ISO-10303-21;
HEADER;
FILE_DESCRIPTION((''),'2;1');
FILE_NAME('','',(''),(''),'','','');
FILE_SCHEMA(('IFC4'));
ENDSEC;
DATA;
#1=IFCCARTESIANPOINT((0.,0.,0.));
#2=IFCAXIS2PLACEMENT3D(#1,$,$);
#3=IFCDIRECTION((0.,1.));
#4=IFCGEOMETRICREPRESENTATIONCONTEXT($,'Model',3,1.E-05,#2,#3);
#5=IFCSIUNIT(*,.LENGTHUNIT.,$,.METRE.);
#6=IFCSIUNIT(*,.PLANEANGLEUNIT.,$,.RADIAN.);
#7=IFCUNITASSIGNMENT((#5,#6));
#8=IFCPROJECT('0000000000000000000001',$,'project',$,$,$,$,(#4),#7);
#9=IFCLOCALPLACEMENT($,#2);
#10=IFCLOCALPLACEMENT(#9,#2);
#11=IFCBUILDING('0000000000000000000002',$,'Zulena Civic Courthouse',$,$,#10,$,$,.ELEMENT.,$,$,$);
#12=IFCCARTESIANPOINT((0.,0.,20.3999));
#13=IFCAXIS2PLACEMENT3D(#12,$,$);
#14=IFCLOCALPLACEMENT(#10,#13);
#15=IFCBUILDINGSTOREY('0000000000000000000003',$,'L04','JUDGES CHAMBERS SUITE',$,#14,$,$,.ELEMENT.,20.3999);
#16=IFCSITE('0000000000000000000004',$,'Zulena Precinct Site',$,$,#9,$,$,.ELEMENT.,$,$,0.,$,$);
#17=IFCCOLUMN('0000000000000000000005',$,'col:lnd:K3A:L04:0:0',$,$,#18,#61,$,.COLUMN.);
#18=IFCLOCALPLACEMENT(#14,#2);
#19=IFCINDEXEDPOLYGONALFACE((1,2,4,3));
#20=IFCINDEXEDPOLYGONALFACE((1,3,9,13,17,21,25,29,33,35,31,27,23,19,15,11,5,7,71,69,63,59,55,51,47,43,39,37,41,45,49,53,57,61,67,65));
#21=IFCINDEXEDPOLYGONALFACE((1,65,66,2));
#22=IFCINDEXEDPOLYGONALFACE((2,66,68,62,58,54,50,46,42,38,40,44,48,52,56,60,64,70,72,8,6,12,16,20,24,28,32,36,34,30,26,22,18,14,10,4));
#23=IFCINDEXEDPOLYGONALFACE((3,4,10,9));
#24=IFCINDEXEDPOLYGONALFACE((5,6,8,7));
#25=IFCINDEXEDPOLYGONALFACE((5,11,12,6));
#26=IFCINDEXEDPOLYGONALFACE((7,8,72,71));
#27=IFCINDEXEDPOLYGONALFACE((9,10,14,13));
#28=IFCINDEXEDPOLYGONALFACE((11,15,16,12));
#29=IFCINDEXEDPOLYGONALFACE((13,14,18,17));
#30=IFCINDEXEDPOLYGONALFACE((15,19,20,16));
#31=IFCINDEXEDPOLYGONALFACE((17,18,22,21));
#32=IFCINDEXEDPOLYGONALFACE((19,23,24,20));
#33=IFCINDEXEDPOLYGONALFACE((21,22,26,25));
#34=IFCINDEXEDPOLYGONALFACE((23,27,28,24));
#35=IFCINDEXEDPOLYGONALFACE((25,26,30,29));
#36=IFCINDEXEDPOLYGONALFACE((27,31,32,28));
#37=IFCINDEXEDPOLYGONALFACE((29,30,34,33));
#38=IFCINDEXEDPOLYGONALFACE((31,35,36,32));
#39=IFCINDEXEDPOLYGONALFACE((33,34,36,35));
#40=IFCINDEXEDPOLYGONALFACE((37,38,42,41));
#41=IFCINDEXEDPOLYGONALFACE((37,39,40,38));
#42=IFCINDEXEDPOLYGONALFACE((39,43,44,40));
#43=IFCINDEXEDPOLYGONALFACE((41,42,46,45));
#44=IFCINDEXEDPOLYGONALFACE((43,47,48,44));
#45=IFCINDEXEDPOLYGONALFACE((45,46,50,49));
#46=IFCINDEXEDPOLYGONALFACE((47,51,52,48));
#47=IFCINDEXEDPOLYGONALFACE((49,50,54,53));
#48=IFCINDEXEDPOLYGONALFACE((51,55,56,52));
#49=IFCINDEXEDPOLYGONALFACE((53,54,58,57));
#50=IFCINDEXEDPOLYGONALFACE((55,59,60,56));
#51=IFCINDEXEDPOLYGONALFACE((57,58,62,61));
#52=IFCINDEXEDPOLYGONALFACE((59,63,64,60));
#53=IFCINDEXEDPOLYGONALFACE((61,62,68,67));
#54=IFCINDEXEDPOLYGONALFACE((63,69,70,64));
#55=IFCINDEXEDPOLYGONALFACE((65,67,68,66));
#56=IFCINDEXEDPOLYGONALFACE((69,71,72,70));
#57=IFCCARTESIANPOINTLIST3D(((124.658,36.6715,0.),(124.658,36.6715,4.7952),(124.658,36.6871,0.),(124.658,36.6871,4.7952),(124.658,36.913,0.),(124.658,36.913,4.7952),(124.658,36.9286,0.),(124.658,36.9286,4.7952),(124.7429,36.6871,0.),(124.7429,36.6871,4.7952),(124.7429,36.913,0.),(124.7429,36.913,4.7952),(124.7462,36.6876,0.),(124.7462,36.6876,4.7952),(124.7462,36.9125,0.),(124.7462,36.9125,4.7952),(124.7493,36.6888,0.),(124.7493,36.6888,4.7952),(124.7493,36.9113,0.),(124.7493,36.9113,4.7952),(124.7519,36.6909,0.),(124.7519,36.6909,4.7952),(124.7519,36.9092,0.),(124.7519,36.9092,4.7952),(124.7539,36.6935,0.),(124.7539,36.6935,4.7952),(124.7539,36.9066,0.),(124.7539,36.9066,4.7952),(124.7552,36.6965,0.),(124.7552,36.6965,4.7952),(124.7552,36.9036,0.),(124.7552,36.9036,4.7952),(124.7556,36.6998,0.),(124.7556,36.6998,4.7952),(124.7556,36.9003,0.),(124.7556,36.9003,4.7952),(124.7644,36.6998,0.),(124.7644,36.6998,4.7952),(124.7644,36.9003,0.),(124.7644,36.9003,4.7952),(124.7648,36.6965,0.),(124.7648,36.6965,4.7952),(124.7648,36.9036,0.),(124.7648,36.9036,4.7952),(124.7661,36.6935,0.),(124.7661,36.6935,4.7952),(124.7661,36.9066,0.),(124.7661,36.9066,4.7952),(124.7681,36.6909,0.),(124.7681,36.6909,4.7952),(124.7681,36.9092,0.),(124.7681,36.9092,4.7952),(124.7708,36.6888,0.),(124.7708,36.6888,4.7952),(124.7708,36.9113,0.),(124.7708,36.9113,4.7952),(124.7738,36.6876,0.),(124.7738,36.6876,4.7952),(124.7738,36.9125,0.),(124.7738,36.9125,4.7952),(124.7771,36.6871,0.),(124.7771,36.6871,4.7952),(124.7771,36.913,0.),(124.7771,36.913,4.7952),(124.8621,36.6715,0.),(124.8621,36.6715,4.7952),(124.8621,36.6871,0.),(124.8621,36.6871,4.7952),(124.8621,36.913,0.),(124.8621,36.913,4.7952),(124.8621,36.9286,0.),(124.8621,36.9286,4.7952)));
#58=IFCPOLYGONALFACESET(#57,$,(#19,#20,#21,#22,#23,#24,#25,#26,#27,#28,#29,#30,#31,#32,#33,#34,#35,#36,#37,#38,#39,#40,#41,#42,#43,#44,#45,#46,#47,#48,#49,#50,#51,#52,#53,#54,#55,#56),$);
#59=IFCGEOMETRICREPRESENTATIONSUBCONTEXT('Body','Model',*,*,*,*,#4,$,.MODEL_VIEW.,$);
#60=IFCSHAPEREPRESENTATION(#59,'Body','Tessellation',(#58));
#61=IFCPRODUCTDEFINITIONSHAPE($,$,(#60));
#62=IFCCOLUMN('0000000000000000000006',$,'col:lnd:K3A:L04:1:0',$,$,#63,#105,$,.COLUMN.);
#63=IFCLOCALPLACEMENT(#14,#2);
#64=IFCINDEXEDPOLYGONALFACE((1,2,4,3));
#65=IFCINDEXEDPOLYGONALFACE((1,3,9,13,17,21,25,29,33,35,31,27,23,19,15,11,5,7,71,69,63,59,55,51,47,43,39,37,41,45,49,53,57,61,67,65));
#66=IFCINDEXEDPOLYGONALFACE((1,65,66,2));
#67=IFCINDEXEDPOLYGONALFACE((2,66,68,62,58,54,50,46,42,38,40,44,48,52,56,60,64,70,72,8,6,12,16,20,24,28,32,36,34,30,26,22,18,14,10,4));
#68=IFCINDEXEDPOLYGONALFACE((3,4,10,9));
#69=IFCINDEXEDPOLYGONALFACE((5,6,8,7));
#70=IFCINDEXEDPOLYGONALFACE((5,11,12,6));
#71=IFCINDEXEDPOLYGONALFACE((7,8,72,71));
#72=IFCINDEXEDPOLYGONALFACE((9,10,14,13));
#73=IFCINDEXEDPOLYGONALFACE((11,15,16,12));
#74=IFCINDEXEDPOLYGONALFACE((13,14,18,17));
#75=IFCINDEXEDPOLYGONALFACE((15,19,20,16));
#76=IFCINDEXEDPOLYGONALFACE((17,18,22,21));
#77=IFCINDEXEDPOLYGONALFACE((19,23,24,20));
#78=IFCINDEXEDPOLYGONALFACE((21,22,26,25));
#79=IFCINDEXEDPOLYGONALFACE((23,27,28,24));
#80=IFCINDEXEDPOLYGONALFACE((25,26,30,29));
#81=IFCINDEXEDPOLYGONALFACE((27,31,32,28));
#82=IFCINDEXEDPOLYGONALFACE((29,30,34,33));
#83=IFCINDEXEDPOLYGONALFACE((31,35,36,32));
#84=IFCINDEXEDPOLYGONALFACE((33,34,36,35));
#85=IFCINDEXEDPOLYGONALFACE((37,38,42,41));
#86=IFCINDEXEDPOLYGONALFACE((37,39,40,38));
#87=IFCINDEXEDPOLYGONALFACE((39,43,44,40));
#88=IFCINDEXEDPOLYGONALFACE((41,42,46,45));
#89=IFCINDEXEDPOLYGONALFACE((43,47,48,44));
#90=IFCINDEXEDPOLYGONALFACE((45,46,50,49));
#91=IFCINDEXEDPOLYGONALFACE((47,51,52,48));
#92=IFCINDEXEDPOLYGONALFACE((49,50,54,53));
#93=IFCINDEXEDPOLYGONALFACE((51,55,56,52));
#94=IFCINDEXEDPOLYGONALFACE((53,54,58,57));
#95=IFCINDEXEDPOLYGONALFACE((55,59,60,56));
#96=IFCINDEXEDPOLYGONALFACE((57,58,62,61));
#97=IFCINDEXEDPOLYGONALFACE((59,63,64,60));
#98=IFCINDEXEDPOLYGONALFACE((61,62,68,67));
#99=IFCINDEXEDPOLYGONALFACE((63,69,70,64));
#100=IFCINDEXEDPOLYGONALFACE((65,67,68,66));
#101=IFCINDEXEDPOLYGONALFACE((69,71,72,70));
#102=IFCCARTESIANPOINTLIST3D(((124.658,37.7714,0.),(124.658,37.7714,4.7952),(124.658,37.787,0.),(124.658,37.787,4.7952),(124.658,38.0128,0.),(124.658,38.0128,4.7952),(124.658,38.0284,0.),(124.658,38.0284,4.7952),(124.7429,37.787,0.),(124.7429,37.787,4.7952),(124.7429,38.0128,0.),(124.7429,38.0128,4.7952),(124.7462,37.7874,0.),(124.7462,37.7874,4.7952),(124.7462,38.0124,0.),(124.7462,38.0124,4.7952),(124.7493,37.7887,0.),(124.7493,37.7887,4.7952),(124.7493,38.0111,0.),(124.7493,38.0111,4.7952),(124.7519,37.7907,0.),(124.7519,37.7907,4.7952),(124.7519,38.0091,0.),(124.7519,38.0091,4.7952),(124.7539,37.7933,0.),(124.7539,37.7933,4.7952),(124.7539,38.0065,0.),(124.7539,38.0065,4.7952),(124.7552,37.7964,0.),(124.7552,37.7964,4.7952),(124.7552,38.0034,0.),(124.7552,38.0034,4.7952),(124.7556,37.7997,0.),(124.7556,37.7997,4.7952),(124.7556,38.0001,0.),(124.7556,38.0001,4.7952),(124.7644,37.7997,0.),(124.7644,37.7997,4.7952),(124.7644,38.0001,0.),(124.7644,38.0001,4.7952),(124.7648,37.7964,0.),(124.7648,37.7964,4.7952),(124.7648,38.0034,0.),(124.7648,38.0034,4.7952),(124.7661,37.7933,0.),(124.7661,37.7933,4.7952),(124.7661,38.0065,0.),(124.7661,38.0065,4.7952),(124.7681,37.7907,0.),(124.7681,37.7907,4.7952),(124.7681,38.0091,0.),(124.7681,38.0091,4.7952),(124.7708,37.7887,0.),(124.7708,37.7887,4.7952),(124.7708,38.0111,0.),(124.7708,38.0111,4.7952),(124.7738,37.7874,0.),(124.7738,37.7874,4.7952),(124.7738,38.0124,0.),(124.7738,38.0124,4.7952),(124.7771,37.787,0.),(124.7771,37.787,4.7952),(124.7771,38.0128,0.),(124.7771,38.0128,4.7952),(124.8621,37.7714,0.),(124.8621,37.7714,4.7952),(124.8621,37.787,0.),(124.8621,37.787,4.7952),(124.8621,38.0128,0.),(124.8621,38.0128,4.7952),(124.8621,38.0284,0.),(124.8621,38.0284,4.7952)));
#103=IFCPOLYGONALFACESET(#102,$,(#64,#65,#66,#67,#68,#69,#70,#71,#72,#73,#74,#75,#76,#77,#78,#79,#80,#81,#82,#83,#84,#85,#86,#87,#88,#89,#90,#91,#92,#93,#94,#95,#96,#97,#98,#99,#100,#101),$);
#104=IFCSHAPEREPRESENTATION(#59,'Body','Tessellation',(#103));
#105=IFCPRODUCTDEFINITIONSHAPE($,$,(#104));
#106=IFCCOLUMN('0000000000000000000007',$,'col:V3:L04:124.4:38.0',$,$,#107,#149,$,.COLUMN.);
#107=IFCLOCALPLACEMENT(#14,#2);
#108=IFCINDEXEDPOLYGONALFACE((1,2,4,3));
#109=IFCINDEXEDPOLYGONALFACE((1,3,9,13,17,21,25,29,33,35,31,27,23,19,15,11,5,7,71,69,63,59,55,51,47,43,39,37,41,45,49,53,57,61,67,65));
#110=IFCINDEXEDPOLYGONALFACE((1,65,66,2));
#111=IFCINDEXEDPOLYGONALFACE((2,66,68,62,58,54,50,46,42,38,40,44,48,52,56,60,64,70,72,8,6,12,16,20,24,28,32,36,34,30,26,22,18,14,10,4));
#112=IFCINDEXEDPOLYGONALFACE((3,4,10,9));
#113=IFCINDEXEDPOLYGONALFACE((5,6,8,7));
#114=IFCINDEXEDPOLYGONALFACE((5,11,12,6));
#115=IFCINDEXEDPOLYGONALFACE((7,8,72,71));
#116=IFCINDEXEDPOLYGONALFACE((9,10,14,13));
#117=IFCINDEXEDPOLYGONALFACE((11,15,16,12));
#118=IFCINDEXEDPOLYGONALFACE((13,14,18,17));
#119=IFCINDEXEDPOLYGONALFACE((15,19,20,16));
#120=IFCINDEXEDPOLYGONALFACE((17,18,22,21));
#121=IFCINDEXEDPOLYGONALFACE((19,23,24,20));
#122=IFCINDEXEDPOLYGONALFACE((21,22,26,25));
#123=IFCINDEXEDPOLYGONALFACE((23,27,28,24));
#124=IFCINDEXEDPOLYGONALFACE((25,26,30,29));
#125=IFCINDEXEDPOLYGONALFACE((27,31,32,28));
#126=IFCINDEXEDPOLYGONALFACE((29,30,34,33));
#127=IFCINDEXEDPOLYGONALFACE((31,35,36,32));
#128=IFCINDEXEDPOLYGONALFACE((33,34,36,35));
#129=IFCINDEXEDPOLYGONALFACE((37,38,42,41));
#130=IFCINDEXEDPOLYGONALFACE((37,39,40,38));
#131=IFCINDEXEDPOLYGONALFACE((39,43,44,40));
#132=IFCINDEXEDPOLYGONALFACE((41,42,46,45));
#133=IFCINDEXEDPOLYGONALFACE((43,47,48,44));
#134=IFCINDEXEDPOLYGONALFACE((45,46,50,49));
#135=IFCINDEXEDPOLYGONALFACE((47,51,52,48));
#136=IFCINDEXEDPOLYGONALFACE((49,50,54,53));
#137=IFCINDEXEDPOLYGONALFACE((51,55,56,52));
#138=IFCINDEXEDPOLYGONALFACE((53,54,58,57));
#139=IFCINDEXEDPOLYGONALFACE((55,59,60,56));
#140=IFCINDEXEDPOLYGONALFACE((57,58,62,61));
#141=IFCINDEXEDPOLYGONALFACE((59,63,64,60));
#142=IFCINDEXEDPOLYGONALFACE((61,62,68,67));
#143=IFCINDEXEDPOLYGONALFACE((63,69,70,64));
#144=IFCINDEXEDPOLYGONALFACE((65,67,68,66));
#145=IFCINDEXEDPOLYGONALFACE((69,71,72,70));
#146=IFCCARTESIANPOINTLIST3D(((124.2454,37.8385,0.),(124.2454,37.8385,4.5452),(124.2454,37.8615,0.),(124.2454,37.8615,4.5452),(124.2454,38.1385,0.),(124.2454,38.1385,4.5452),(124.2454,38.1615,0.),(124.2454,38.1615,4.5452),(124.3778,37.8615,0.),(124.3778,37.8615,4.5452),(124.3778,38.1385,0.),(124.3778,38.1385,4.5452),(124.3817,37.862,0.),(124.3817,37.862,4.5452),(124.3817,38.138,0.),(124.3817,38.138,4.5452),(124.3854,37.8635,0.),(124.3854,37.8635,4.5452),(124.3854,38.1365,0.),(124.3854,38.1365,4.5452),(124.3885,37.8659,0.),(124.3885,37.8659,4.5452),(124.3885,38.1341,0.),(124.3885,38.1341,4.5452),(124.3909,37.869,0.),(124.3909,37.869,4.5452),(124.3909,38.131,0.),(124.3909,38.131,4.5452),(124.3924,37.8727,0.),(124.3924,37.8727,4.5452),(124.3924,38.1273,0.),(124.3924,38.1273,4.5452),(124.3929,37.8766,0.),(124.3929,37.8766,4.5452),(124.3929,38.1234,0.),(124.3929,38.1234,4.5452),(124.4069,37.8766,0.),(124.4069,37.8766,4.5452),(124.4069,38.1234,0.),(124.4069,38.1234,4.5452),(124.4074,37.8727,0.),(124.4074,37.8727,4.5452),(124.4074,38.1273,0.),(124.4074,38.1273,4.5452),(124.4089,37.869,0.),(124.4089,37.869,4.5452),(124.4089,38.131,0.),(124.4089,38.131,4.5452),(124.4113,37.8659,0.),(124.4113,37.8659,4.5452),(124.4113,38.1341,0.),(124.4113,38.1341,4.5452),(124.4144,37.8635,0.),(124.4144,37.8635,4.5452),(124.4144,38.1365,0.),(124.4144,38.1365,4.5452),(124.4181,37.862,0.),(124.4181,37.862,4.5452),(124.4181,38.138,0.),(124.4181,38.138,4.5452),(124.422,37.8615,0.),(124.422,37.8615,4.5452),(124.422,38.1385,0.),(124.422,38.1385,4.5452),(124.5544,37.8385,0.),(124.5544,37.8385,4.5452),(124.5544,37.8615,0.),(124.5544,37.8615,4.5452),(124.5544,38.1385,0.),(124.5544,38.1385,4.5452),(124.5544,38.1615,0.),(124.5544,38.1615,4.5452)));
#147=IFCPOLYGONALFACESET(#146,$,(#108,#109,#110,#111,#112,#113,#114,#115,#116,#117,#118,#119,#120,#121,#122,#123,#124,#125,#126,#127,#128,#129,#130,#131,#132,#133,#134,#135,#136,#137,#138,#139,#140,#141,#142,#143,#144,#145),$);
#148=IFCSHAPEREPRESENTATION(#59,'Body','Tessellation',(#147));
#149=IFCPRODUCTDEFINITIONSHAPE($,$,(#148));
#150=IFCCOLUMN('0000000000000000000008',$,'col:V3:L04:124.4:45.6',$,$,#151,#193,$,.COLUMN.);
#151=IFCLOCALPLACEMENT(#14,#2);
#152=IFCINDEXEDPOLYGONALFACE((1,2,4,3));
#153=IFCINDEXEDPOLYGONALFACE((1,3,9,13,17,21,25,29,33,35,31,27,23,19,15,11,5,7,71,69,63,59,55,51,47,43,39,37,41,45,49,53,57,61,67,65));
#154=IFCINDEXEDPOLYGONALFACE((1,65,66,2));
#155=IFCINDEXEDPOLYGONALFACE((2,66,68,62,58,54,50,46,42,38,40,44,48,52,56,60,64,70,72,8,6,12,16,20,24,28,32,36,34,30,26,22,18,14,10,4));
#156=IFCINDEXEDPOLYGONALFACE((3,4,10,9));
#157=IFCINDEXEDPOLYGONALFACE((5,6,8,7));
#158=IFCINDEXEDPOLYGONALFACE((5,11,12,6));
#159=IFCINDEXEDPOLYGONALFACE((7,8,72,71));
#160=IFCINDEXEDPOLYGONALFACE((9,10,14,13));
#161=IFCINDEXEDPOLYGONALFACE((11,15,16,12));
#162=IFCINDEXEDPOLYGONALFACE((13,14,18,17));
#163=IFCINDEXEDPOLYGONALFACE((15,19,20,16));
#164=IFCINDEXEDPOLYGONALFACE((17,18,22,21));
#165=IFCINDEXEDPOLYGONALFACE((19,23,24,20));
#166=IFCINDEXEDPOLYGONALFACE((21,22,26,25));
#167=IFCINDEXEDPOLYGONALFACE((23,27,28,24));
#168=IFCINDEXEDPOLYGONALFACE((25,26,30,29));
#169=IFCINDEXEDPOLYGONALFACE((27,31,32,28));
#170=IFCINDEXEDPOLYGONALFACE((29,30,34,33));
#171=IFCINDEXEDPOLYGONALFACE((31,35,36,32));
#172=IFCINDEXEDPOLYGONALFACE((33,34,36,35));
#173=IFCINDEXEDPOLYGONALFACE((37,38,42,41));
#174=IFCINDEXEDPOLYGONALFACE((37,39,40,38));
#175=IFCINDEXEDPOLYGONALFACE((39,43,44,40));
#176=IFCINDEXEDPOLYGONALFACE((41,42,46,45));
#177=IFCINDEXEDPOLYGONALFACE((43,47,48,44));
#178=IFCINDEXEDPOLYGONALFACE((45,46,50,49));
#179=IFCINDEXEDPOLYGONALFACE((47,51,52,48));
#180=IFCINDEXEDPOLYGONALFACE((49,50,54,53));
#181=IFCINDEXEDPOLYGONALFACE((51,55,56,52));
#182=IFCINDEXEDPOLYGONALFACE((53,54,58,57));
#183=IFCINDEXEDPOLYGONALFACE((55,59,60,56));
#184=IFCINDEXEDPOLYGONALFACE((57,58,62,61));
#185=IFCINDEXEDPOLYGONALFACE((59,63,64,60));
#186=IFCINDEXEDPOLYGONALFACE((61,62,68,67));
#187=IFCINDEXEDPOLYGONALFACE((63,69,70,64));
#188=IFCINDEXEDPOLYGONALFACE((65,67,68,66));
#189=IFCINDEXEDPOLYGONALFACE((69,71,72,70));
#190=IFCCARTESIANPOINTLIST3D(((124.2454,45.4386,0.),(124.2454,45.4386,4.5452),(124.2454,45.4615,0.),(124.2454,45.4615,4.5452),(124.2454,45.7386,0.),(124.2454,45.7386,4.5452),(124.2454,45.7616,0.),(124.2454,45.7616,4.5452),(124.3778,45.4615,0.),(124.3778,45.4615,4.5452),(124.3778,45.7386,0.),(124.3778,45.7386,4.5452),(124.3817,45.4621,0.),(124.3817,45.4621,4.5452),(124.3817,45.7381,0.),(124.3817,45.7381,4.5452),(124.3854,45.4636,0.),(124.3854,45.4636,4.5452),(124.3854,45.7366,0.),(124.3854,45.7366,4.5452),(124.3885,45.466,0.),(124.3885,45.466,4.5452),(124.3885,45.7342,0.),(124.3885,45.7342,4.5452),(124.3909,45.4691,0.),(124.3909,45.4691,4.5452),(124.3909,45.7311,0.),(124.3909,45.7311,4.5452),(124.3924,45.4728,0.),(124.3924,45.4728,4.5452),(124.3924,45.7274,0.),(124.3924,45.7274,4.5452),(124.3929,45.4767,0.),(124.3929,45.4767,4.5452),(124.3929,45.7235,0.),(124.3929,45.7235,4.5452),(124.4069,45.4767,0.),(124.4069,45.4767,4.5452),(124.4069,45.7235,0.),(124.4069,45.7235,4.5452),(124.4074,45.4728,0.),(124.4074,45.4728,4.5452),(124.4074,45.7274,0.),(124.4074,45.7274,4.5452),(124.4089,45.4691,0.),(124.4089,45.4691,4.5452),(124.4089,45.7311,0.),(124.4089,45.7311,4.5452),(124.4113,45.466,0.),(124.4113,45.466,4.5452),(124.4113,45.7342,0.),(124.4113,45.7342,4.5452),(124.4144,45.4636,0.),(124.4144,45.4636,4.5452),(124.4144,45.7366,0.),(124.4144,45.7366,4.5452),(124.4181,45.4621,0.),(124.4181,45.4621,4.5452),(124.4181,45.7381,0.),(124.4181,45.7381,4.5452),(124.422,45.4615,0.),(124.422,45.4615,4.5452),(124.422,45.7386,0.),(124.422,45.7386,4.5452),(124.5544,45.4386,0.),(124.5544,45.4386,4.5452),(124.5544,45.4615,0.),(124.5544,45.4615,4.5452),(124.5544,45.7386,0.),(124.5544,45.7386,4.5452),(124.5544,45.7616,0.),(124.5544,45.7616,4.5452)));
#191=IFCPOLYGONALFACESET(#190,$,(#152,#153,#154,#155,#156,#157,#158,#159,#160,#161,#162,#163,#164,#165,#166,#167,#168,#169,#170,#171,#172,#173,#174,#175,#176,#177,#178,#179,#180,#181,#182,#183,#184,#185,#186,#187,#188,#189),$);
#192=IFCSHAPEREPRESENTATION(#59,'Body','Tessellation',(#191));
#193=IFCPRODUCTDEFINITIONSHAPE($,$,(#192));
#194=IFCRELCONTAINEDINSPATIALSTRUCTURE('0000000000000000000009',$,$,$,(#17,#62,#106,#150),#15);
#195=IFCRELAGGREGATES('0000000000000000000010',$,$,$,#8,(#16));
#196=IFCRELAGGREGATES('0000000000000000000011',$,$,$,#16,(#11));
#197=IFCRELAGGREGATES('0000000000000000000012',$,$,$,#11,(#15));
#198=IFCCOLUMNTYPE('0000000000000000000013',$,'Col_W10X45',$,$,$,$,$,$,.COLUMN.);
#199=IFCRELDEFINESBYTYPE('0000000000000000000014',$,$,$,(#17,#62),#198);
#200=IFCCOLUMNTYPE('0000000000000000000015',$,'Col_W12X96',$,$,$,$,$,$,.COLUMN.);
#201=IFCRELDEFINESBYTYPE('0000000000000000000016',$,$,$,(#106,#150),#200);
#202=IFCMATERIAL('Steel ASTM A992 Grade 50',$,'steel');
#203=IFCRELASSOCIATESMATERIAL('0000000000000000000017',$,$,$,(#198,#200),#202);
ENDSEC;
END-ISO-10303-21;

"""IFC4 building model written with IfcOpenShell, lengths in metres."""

from ifc_helpers import new_model, si_unit, direction, frame, origin, origin_2d, place, context, subcontext, project, spatial, i_section, extrude, material, material_profile, profile_set, type_object, element, save


model = new_model("IFC4")

# Units and contexts
model_context = context("Model", 3, precision=1e-05, world=origin(), true_north=direction((0.0, 1.0)))
body_context = subcontext(model_context, "Body", "Model", "MODEL_VIEW")
ifc_project = project(units=[si_unit("LENGTHUNIT", "METRE"), si_unit("PLANEANGLEUNIT", "RADIAN")], contexts=[model_context])

# Site, building, storey
site_placement = place(None, origin())
site = spatial("IfcSite", under=ifc_project, at=site_placement, Name="Zulena Precinct Site", CompositionType="ELEMENT", RefElevation=0.0)
building_placement = place(site_placement, origin())
building = spatial("IfcBuilding", under=site, at=building_placement, Name="Zulena Civic Courthouse", CompositionType="ELEMENT")
storey_placement = place(building_placement, frame((0.0, 0.0, 20.3999)))
storey = spatial("IfcBuildingStorey", under=building, at=storey_placement, Name="L04", Description="JUDGES CHAMBERS SUITE", CompositionType="ELEMENT", Elevation=20.3999)

# Columns
ifc_material_1 = material(Name="Steel ASTM A992 Grade 50", Category="steel")
ifc_material_profile_1 = material_profile(ifc_material_1, i_section(OverallWidth=0.2041, OverallDepth=0.2571, WebThickness=0.0088, FlangeThickness=0.0156, FilletRadius=0.0127, at=origin_2d()), Name="W10X45")
ifc_profile_set_1 = profile_set([ifc_material_profile_1], Name="Steel ASTM A992 Grade 50")
column_type_1 = type_object("IfcColumnType", Name="Col_W10X45", PredefinedType="COLUMN", material=ifc_profile_set_1)
for number, where, z_axis, x_axis, name in (
    (1, (124.76, 36.8, 0.0), (0.0, 0.0, 1.0), (1.0, 0.0, 0.0), "col:lnd:K3A:L04:0:0"),
    (2, (124.76, 37.8999, 0.0), (0.0, 0.0, 1.0), (1.0, 0.0, 0.0), "col:lnd:K3A:L04:1:0"),
):
    element("IfcColumn", number, at=place(storey_placement, frame(where, z_axis=z_axis, x_axis=x_axis)), inside=storey, type_object=column_type_1, Name=name, PredefinedType="COLUMN", context=body_context, shape_type="SweptSolid", body=[
        extrude(i_section(OverallWidth=0.2041, OverallDepth=0.2571, WebThickness=0.0088, FlangeThickness=0.0156, FilletRadius=0.0127, at=origin_2d()), origin(), (0.0, 0.0, 1.0), 4.7952),
    ])
ifc_material_profile_2 = material_profile(ifc_material_1, i_section(OverallWidth=0.3091, OverallDepth=0.323, WebThickness=0.0139, FlangeThickness=0.0229, FilletRadius=0.0151, at=origin_2d()), Name="W12X96")
ifc_profile_set_2 = profile_set([ifc_material_profile_2], Name="Steel ASTM A992 Grade 50")
column_type_2 = type_object("IfcColumnType", Name="Col_W12X96", PredefinedType="COLUMN", material=ifc_profile_set_2)
for number, where, z_axis, x_axis, name in (
    (3, (124.3999, 38.0, 0.0), (0.0, 0.0, 1.0), (1.0, 0.0, 0.0), "col:V3:L04:124.4:38.0"),
    (4, (124.3999, 45.6001, 0.0), (0.0, 0.0, 1.0), (1.0, 0.0, 0.0), "col:V3:L04:124.4:45.6"),
):
    element("IfcColumn", number, at=place(storey_placement, frame(where, z_axis=z_axis, x_axis=x_axis)), inside=storey, type_object=column_type_2, Name=name, PredefinedType="COLUMN", context=body_context, shape_type="SweptSolid", body=[
        extrude(i_section(OverallWidth=0.3091, OverallDepth=0.323, WebThickness=0.0139, FlangeThickness=0.0229, FilletRadius=0.0151, at=origin_2d()), origin(), (0.0, 0.0, 1.0), 4.5452),
    ])

save(model, "model.ifc")
